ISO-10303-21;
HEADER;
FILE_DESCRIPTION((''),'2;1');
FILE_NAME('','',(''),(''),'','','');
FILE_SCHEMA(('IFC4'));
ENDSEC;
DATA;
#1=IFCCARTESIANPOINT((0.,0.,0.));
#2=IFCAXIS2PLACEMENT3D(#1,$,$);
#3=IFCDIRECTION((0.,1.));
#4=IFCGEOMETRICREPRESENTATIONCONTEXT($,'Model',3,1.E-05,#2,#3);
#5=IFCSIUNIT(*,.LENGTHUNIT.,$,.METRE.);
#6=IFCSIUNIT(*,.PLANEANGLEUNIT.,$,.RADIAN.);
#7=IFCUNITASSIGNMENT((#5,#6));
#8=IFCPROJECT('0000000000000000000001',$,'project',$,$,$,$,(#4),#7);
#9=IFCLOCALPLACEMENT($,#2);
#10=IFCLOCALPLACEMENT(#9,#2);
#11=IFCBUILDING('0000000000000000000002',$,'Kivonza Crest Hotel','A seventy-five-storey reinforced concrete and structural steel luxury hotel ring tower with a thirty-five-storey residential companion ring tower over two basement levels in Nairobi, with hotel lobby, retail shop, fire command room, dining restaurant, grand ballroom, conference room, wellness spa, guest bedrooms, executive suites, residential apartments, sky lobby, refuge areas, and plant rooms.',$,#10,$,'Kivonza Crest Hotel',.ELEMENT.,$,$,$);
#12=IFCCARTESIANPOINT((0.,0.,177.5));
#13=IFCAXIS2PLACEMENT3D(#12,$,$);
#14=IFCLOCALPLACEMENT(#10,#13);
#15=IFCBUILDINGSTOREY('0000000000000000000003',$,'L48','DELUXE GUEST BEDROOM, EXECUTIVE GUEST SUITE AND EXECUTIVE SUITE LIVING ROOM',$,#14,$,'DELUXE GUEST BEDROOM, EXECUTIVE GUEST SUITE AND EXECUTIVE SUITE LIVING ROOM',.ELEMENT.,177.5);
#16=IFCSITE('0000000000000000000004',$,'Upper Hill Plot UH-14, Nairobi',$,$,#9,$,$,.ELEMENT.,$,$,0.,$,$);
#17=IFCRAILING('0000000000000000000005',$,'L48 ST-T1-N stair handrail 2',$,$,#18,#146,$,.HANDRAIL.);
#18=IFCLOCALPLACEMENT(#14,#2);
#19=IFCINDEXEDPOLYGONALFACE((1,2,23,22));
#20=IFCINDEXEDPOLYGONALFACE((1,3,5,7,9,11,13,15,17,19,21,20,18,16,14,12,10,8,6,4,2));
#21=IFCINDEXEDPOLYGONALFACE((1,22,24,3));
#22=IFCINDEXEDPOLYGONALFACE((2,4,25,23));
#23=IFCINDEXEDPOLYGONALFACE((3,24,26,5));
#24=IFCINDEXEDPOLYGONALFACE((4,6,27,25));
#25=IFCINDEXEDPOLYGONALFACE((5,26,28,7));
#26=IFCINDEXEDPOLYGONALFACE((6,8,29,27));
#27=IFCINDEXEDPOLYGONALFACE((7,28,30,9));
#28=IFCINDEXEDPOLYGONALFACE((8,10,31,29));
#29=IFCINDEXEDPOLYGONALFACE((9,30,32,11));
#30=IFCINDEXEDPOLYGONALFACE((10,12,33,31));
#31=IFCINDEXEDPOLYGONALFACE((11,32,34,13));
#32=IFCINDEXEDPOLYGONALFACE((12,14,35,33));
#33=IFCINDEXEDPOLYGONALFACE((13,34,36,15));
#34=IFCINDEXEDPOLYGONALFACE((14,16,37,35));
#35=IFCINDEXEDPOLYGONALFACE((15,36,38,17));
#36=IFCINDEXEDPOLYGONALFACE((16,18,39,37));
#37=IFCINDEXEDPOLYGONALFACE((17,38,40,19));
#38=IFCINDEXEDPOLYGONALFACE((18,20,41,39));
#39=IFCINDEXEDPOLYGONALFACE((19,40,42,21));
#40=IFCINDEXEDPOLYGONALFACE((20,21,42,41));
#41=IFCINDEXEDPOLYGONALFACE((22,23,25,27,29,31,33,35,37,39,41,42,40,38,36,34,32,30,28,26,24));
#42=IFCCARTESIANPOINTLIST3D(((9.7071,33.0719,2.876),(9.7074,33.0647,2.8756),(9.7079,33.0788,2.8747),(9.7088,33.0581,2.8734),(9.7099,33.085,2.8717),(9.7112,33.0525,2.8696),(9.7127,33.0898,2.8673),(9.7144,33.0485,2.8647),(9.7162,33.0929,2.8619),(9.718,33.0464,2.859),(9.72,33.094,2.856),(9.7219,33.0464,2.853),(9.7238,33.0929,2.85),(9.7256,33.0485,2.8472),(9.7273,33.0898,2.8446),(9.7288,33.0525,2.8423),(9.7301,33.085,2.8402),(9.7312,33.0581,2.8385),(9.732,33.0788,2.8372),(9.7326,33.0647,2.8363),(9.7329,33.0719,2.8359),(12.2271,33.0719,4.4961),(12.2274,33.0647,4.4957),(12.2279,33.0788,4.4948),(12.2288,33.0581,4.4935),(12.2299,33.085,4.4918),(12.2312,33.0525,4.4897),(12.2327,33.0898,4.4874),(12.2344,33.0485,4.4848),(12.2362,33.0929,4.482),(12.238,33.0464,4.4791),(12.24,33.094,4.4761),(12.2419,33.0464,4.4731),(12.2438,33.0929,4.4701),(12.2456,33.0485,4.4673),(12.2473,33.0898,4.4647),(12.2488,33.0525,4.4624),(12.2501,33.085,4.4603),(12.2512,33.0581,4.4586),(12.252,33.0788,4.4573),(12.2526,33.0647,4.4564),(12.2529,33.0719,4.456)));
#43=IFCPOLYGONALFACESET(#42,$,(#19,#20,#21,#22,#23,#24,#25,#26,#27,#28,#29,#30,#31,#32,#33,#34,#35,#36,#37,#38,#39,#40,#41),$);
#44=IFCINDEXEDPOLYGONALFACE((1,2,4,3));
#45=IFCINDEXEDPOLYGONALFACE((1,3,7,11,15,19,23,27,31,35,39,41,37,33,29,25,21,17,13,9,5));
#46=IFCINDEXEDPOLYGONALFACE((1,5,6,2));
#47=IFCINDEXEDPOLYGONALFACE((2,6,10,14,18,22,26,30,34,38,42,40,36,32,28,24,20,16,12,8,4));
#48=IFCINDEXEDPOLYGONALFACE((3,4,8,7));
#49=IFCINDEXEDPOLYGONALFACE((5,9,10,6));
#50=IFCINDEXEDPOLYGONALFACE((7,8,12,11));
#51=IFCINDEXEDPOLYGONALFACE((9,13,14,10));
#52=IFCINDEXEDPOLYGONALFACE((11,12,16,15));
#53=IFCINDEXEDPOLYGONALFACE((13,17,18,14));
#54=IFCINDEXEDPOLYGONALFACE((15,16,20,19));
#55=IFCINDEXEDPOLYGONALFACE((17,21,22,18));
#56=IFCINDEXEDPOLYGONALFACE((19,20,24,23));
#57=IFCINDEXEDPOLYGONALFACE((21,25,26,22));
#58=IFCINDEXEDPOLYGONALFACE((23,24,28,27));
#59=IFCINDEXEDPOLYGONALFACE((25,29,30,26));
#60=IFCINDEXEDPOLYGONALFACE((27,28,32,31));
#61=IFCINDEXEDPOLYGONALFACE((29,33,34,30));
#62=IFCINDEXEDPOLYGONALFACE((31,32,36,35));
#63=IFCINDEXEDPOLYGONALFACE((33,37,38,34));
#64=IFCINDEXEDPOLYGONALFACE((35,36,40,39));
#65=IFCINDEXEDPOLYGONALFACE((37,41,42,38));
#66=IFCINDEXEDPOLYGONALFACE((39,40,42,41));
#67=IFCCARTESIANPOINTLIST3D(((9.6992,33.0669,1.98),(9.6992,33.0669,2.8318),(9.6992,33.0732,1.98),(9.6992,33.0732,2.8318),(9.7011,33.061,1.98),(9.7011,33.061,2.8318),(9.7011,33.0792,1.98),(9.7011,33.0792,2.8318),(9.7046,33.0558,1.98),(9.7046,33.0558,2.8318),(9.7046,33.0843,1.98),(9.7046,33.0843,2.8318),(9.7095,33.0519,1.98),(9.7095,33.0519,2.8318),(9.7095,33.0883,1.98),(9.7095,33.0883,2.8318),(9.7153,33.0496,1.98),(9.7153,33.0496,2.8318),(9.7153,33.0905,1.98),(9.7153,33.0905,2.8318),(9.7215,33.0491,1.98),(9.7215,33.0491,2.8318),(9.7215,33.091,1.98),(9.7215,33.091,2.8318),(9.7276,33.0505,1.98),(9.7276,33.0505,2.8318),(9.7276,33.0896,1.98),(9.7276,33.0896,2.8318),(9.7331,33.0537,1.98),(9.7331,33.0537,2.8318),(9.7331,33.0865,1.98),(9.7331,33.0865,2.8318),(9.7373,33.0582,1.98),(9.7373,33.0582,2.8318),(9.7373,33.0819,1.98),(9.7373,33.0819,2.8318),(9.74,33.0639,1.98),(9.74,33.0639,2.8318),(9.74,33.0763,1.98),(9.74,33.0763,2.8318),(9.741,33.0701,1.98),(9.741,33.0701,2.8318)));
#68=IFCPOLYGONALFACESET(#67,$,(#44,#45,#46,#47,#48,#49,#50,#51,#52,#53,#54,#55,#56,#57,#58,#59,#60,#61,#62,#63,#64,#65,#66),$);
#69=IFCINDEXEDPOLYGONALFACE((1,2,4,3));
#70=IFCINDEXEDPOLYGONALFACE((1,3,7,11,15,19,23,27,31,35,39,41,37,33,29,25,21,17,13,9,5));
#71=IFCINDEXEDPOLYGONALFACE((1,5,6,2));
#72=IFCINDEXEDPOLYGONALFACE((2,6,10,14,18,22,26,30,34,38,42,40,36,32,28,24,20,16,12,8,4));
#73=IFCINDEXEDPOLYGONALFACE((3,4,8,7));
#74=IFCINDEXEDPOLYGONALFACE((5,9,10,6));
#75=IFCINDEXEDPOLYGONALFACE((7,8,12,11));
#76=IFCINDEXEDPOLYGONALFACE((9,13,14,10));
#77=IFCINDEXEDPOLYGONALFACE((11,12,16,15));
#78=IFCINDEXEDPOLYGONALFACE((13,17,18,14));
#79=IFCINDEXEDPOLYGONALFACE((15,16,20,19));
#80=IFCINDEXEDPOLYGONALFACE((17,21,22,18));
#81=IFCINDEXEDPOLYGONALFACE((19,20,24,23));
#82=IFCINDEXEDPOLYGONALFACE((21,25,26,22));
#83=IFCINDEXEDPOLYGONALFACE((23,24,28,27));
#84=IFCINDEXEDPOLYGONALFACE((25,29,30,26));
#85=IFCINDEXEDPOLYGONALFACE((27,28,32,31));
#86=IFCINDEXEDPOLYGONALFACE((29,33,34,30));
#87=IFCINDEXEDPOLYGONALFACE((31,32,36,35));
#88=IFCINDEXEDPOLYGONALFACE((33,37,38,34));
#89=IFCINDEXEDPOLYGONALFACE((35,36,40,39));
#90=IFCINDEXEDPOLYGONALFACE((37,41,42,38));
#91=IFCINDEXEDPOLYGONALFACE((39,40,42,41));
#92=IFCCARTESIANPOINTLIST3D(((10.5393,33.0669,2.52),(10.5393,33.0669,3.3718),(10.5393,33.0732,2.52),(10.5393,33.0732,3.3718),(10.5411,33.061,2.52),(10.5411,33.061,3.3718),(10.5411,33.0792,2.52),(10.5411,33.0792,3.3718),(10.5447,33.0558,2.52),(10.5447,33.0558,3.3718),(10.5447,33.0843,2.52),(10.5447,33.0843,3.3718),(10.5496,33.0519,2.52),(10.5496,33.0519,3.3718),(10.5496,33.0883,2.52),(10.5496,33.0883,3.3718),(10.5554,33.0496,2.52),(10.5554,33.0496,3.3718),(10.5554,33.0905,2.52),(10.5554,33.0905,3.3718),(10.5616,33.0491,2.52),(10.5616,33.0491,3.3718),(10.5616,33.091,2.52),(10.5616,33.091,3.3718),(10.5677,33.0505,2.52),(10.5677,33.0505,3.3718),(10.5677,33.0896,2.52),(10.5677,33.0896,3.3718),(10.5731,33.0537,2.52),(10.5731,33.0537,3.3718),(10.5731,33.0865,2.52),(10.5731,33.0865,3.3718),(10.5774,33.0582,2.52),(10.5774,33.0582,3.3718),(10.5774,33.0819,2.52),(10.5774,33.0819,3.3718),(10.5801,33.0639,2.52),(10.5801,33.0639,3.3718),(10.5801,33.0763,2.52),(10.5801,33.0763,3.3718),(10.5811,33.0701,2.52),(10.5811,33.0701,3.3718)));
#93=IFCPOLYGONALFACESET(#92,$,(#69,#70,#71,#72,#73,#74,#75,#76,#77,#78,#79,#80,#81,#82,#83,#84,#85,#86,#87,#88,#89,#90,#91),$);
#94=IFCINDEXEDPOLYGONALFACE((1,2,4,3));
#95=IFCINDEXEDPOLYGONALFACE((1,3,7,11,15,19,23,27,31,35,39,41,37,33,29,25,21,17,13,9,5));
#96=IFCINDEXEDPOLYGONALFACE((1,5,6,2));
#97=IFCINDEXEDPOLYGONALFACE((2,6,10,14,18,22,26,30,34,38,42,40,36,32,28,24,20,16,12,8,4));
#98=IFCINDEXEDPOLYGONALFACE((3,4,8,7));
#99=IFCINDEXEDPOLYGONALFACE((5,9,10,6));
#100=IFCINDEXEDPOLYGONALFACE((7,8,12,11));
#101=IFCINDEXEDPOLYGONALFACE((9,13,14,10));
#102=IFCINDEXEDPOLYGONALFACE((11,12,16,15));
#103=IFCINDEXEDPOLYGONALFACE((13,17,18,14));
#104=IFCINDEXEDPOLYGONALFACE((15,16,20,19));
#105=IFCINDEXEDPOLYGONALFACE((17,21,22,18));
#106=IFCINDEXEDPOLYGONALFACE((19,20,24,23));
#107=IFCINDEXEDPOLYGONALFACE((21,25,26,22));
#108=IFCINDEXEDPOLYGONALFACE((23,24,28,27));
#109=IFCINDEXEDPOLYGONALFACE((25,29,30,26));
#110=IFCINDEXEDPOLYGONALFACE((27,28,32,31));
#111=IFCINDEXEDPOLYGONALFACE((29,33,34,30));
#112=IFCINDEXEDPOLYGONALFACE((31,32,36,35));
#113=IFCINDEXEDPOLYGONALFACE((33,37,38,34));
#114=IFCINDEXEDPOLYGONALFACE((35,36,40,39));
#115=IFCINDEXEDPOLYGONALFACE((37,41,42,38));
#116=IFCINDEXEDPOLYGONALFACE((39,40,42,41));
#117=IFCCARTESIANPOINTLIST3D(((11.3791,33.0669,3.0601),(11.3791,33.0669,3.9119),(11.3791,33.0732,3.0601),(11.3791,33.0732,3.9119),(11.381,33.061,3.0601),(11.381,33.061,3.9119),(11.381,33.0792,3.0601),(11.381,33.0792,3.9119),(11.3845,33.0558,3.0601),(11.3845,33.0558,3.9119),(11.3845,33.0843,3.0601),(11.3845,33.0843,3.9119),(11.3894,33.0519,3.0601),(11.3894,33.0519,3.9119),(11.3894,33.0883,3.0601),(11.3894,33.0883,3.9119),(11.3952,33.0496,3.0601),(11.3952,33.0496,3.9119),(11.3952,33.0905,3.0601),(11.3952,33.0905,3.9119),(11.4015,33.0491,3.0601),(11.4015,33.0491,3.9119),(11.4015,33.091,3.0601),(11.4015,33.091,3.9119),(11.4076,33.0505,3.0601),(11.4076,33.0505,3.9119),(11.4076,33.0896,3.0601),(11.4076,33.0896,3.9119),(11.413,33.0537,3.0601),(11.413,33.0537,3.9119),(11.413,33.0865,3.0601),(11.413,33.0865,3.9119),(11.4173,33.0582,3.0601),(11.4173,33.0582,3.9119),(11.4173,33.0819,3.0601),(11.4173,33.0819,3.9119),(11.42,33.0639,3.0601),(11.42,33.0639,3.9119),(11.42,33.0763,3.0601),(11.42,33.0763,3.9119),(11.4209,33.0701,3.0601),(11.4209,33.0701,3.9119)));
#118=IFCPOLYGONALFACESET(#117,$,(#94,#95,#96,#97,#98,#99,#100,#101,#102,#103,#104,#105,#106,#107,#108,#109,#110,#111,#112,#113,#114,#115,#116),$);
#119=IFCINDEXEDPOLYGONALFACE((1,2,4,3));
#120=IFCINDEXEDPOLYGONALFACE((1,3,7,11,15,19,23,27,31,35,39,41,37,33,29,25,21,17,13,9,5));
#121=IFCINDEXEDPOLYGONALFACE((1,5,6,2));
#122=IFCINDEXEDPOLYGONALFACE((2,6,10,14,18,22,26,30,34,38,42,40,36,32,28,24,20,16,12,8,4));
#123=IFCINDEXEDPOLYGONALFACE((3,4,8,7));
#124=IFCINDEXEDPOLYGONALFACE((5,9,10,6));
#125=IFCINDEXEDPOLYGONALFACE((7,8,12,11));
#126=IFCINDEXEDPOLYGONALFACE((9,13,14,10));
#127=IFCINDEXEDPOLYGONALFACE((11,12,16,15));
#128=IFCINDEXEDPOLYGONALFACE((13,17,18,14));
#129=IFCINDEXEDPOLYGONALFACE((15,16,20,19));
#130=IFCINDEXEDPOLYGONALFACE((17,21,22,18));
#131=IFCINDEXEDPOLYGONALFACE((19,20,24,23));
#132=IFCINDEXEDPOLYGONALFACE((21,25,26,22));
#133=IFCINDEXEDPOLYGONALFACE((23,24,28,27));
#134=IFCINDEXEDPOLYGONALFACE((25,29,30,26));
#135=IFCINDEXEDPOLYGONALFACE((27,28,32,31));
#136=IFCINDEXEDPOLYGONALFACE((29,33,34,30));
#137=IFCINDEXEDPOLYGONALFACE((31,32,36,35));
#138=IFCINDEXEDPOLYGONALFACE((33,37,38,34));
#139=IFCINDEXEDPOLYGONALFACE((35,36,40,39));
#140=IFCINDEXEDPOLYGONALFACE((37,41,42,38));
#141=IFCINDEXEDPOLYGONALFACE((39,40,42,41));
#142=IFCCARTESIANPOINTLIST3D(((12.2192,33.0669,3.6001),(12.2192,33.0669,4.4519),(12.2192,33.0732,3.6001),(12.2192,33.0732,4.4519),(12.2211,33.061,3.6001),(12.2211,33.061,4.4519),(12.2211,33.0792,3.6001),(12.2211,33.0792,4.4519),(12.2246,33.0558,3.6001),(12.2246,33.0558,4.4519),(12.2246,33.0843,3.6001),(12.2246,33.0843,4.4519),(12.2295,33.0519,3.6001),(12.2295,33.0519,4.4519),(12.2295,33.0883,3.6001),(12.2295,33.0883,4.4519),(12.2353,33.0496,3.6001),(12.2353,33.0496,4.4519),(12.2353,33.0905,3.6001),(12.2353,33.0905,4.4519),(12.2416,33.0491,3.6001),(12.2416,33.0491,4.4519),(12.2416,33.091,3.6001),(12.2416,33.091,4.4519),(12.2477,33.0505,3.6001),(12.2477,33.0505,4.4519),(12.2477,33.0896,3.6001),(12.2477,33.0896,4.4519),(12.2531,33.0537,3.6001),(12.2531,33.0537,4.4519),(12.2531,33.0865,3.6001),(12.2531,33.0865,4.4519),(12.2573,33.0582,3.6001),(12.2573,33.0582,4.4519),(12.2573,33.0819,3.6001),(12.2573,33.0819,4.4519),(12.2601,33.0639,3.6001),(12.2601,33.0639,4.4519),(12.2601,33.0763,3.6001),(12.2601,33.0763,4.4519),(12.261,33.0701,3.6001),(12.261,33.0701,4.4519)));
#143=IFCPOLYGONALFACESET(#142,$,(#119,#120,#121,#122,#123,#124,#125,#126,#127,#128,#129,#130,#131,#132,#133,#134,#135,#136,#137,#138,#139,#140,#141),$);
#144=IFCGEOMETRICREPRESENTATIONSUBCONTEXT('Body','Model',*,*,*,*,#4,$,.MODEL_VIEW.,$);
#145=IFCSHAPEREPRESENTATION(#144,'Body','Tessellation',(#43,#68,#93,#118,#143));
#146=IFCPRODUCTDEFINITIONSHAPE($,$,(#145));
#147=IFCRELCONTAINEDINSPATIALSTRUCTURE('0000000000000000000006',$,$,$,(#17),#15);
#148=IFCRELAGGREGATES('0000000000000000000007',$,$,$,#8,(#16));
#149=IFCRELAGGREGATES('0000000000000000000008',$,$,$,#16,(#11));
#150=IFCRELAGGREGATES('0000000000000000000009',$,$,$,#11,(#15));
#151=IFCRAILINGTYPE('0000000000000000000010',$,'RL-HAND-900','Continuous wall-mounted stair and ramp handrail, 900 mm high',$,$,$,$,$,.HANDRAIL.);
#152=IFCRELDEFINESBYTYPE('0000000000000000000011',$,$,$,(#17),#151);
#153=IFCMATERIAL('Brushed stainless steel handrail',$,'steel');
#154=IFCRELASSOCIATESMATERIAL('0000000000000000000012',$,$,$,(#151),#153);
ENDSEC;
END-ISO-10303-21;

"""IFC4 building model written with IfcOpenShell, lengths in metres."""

from ifc_helpers import new_model, si_unit, direction, frame, origin, origin_2d, place, context, subcontext, project, spatial, circle, extrude, material, type_object, element, save


model = new_model("IFC4")

# Units and contexts
model_context = context("Model", 3, precision=1e-05, world=origin(), true_north=direction((0.0, 1.0)))
body_context = subcontext(model_context, "Body", "Model", "MODEL_VIEW")
ifc_project = project(units=[si_unit("LENGTHUNIT", "METRE"), si_unit("PLANEANGLEUNIT", "RADIAN")], contexts=[model_context])

# Site, building, storey
site_placement = place(None, origin())
site = spatial("IfcSite", under=ifc_project, at=site_placement, Name="Upper Hill Plot UH-14, Nairobi", CompositionType="ELEMENT", RefElevation=0.0)
building_placement = place(site_placement, origin())
building = spatial("IfcBuilding", under=site, at=building_placement, Name="Kivonza Crest Hotel", Description="A seventy-five-storey reinforced concrete and structural steel luxury hotel ring tower with a thirty-five-storey residential companion ring tower over two basement levels in Nairobi, with hotel lobby, retail shop, fire command room, dining restaurant, grand ballroom, conference room, wellness spa, guest bedrooms, executive suites, residential apartments, sky lobby, refuge areas, and plant rooms.", LongName="Kivonza Crest Hotel", CompositionType="ELEMENT")
storey_placement = place(building_placement, frame((0.0, 0.0, 177.5)))
storey = spatial("IfcBuildingStorey", under=building, at=storey_placement, Name="L48", Description="DELUXE GUEST BEDROOM, EXECUTIVE GUEST SUITE AND EXECUTIVE SUITE LIVING ROOM", LongName="DELUXE GUEST BEDROOM, EXECUTIVE GUEST SUITE AND EXECUTIVE SUITE LIVING ROOM", CompositionType="ELEMENT", Elevation=177.5)

# Railing
ifc_material_1 = material(Name="Brushed stainless steel handrail", Category="steel")
railing_type_1 = type_object("IfcRailingType", Name="RL-HAND-900", Description="Continuous wall-mounted stair and ramp handrail, 900 mm high", PredefinedType="HANDRAIL", material=ifc_material_1)
railing_1_placement = place(storey_placement, frame((9.72, 33.0701, 1.98)))
element("IfcRailing", 1, at=railing_1_placement, inside=storey, type_object=railing_type_1, Name="L48 ST-T1-N stair handrail 2", PredefinedType="HANDRAIL", context=body_context, shape_type="SweptSolid", body=[
    extrude(circle(Radius=0.0239, at=origin_2d()), frame((0.0, 0.0, 0.876), z_axis=(0.841163, 0.0, 0.540782), x_axis=(0.0, 1.0, 0.0)), (0.0, 0.0, 1.0), 2.9958),
    extrude(circle(Radius=0.021, at=origin_2d()), origin(), (0.0, 0.0, 1.0), 0.8518),
    extrude(circle(Radius=0.021, at=origin_2d()), frame((0.8401, 0.0, 0.54)), (0.0, 0.0, 1.0), 0.8518),
    extrude(circle(Radius=0.021, at=origin_2d()), frame((1.6799, 0.0, 1.0801)), (0.0, 0.0, 1.0), 0.8518),
    extrude(circle(Radius=0.021, at=origin_2d()), frame((2.52, 0.0, 1.6201)), (0.0, 0.0, 1.0), 0.8518),
])

save(model, "model.ifc")
